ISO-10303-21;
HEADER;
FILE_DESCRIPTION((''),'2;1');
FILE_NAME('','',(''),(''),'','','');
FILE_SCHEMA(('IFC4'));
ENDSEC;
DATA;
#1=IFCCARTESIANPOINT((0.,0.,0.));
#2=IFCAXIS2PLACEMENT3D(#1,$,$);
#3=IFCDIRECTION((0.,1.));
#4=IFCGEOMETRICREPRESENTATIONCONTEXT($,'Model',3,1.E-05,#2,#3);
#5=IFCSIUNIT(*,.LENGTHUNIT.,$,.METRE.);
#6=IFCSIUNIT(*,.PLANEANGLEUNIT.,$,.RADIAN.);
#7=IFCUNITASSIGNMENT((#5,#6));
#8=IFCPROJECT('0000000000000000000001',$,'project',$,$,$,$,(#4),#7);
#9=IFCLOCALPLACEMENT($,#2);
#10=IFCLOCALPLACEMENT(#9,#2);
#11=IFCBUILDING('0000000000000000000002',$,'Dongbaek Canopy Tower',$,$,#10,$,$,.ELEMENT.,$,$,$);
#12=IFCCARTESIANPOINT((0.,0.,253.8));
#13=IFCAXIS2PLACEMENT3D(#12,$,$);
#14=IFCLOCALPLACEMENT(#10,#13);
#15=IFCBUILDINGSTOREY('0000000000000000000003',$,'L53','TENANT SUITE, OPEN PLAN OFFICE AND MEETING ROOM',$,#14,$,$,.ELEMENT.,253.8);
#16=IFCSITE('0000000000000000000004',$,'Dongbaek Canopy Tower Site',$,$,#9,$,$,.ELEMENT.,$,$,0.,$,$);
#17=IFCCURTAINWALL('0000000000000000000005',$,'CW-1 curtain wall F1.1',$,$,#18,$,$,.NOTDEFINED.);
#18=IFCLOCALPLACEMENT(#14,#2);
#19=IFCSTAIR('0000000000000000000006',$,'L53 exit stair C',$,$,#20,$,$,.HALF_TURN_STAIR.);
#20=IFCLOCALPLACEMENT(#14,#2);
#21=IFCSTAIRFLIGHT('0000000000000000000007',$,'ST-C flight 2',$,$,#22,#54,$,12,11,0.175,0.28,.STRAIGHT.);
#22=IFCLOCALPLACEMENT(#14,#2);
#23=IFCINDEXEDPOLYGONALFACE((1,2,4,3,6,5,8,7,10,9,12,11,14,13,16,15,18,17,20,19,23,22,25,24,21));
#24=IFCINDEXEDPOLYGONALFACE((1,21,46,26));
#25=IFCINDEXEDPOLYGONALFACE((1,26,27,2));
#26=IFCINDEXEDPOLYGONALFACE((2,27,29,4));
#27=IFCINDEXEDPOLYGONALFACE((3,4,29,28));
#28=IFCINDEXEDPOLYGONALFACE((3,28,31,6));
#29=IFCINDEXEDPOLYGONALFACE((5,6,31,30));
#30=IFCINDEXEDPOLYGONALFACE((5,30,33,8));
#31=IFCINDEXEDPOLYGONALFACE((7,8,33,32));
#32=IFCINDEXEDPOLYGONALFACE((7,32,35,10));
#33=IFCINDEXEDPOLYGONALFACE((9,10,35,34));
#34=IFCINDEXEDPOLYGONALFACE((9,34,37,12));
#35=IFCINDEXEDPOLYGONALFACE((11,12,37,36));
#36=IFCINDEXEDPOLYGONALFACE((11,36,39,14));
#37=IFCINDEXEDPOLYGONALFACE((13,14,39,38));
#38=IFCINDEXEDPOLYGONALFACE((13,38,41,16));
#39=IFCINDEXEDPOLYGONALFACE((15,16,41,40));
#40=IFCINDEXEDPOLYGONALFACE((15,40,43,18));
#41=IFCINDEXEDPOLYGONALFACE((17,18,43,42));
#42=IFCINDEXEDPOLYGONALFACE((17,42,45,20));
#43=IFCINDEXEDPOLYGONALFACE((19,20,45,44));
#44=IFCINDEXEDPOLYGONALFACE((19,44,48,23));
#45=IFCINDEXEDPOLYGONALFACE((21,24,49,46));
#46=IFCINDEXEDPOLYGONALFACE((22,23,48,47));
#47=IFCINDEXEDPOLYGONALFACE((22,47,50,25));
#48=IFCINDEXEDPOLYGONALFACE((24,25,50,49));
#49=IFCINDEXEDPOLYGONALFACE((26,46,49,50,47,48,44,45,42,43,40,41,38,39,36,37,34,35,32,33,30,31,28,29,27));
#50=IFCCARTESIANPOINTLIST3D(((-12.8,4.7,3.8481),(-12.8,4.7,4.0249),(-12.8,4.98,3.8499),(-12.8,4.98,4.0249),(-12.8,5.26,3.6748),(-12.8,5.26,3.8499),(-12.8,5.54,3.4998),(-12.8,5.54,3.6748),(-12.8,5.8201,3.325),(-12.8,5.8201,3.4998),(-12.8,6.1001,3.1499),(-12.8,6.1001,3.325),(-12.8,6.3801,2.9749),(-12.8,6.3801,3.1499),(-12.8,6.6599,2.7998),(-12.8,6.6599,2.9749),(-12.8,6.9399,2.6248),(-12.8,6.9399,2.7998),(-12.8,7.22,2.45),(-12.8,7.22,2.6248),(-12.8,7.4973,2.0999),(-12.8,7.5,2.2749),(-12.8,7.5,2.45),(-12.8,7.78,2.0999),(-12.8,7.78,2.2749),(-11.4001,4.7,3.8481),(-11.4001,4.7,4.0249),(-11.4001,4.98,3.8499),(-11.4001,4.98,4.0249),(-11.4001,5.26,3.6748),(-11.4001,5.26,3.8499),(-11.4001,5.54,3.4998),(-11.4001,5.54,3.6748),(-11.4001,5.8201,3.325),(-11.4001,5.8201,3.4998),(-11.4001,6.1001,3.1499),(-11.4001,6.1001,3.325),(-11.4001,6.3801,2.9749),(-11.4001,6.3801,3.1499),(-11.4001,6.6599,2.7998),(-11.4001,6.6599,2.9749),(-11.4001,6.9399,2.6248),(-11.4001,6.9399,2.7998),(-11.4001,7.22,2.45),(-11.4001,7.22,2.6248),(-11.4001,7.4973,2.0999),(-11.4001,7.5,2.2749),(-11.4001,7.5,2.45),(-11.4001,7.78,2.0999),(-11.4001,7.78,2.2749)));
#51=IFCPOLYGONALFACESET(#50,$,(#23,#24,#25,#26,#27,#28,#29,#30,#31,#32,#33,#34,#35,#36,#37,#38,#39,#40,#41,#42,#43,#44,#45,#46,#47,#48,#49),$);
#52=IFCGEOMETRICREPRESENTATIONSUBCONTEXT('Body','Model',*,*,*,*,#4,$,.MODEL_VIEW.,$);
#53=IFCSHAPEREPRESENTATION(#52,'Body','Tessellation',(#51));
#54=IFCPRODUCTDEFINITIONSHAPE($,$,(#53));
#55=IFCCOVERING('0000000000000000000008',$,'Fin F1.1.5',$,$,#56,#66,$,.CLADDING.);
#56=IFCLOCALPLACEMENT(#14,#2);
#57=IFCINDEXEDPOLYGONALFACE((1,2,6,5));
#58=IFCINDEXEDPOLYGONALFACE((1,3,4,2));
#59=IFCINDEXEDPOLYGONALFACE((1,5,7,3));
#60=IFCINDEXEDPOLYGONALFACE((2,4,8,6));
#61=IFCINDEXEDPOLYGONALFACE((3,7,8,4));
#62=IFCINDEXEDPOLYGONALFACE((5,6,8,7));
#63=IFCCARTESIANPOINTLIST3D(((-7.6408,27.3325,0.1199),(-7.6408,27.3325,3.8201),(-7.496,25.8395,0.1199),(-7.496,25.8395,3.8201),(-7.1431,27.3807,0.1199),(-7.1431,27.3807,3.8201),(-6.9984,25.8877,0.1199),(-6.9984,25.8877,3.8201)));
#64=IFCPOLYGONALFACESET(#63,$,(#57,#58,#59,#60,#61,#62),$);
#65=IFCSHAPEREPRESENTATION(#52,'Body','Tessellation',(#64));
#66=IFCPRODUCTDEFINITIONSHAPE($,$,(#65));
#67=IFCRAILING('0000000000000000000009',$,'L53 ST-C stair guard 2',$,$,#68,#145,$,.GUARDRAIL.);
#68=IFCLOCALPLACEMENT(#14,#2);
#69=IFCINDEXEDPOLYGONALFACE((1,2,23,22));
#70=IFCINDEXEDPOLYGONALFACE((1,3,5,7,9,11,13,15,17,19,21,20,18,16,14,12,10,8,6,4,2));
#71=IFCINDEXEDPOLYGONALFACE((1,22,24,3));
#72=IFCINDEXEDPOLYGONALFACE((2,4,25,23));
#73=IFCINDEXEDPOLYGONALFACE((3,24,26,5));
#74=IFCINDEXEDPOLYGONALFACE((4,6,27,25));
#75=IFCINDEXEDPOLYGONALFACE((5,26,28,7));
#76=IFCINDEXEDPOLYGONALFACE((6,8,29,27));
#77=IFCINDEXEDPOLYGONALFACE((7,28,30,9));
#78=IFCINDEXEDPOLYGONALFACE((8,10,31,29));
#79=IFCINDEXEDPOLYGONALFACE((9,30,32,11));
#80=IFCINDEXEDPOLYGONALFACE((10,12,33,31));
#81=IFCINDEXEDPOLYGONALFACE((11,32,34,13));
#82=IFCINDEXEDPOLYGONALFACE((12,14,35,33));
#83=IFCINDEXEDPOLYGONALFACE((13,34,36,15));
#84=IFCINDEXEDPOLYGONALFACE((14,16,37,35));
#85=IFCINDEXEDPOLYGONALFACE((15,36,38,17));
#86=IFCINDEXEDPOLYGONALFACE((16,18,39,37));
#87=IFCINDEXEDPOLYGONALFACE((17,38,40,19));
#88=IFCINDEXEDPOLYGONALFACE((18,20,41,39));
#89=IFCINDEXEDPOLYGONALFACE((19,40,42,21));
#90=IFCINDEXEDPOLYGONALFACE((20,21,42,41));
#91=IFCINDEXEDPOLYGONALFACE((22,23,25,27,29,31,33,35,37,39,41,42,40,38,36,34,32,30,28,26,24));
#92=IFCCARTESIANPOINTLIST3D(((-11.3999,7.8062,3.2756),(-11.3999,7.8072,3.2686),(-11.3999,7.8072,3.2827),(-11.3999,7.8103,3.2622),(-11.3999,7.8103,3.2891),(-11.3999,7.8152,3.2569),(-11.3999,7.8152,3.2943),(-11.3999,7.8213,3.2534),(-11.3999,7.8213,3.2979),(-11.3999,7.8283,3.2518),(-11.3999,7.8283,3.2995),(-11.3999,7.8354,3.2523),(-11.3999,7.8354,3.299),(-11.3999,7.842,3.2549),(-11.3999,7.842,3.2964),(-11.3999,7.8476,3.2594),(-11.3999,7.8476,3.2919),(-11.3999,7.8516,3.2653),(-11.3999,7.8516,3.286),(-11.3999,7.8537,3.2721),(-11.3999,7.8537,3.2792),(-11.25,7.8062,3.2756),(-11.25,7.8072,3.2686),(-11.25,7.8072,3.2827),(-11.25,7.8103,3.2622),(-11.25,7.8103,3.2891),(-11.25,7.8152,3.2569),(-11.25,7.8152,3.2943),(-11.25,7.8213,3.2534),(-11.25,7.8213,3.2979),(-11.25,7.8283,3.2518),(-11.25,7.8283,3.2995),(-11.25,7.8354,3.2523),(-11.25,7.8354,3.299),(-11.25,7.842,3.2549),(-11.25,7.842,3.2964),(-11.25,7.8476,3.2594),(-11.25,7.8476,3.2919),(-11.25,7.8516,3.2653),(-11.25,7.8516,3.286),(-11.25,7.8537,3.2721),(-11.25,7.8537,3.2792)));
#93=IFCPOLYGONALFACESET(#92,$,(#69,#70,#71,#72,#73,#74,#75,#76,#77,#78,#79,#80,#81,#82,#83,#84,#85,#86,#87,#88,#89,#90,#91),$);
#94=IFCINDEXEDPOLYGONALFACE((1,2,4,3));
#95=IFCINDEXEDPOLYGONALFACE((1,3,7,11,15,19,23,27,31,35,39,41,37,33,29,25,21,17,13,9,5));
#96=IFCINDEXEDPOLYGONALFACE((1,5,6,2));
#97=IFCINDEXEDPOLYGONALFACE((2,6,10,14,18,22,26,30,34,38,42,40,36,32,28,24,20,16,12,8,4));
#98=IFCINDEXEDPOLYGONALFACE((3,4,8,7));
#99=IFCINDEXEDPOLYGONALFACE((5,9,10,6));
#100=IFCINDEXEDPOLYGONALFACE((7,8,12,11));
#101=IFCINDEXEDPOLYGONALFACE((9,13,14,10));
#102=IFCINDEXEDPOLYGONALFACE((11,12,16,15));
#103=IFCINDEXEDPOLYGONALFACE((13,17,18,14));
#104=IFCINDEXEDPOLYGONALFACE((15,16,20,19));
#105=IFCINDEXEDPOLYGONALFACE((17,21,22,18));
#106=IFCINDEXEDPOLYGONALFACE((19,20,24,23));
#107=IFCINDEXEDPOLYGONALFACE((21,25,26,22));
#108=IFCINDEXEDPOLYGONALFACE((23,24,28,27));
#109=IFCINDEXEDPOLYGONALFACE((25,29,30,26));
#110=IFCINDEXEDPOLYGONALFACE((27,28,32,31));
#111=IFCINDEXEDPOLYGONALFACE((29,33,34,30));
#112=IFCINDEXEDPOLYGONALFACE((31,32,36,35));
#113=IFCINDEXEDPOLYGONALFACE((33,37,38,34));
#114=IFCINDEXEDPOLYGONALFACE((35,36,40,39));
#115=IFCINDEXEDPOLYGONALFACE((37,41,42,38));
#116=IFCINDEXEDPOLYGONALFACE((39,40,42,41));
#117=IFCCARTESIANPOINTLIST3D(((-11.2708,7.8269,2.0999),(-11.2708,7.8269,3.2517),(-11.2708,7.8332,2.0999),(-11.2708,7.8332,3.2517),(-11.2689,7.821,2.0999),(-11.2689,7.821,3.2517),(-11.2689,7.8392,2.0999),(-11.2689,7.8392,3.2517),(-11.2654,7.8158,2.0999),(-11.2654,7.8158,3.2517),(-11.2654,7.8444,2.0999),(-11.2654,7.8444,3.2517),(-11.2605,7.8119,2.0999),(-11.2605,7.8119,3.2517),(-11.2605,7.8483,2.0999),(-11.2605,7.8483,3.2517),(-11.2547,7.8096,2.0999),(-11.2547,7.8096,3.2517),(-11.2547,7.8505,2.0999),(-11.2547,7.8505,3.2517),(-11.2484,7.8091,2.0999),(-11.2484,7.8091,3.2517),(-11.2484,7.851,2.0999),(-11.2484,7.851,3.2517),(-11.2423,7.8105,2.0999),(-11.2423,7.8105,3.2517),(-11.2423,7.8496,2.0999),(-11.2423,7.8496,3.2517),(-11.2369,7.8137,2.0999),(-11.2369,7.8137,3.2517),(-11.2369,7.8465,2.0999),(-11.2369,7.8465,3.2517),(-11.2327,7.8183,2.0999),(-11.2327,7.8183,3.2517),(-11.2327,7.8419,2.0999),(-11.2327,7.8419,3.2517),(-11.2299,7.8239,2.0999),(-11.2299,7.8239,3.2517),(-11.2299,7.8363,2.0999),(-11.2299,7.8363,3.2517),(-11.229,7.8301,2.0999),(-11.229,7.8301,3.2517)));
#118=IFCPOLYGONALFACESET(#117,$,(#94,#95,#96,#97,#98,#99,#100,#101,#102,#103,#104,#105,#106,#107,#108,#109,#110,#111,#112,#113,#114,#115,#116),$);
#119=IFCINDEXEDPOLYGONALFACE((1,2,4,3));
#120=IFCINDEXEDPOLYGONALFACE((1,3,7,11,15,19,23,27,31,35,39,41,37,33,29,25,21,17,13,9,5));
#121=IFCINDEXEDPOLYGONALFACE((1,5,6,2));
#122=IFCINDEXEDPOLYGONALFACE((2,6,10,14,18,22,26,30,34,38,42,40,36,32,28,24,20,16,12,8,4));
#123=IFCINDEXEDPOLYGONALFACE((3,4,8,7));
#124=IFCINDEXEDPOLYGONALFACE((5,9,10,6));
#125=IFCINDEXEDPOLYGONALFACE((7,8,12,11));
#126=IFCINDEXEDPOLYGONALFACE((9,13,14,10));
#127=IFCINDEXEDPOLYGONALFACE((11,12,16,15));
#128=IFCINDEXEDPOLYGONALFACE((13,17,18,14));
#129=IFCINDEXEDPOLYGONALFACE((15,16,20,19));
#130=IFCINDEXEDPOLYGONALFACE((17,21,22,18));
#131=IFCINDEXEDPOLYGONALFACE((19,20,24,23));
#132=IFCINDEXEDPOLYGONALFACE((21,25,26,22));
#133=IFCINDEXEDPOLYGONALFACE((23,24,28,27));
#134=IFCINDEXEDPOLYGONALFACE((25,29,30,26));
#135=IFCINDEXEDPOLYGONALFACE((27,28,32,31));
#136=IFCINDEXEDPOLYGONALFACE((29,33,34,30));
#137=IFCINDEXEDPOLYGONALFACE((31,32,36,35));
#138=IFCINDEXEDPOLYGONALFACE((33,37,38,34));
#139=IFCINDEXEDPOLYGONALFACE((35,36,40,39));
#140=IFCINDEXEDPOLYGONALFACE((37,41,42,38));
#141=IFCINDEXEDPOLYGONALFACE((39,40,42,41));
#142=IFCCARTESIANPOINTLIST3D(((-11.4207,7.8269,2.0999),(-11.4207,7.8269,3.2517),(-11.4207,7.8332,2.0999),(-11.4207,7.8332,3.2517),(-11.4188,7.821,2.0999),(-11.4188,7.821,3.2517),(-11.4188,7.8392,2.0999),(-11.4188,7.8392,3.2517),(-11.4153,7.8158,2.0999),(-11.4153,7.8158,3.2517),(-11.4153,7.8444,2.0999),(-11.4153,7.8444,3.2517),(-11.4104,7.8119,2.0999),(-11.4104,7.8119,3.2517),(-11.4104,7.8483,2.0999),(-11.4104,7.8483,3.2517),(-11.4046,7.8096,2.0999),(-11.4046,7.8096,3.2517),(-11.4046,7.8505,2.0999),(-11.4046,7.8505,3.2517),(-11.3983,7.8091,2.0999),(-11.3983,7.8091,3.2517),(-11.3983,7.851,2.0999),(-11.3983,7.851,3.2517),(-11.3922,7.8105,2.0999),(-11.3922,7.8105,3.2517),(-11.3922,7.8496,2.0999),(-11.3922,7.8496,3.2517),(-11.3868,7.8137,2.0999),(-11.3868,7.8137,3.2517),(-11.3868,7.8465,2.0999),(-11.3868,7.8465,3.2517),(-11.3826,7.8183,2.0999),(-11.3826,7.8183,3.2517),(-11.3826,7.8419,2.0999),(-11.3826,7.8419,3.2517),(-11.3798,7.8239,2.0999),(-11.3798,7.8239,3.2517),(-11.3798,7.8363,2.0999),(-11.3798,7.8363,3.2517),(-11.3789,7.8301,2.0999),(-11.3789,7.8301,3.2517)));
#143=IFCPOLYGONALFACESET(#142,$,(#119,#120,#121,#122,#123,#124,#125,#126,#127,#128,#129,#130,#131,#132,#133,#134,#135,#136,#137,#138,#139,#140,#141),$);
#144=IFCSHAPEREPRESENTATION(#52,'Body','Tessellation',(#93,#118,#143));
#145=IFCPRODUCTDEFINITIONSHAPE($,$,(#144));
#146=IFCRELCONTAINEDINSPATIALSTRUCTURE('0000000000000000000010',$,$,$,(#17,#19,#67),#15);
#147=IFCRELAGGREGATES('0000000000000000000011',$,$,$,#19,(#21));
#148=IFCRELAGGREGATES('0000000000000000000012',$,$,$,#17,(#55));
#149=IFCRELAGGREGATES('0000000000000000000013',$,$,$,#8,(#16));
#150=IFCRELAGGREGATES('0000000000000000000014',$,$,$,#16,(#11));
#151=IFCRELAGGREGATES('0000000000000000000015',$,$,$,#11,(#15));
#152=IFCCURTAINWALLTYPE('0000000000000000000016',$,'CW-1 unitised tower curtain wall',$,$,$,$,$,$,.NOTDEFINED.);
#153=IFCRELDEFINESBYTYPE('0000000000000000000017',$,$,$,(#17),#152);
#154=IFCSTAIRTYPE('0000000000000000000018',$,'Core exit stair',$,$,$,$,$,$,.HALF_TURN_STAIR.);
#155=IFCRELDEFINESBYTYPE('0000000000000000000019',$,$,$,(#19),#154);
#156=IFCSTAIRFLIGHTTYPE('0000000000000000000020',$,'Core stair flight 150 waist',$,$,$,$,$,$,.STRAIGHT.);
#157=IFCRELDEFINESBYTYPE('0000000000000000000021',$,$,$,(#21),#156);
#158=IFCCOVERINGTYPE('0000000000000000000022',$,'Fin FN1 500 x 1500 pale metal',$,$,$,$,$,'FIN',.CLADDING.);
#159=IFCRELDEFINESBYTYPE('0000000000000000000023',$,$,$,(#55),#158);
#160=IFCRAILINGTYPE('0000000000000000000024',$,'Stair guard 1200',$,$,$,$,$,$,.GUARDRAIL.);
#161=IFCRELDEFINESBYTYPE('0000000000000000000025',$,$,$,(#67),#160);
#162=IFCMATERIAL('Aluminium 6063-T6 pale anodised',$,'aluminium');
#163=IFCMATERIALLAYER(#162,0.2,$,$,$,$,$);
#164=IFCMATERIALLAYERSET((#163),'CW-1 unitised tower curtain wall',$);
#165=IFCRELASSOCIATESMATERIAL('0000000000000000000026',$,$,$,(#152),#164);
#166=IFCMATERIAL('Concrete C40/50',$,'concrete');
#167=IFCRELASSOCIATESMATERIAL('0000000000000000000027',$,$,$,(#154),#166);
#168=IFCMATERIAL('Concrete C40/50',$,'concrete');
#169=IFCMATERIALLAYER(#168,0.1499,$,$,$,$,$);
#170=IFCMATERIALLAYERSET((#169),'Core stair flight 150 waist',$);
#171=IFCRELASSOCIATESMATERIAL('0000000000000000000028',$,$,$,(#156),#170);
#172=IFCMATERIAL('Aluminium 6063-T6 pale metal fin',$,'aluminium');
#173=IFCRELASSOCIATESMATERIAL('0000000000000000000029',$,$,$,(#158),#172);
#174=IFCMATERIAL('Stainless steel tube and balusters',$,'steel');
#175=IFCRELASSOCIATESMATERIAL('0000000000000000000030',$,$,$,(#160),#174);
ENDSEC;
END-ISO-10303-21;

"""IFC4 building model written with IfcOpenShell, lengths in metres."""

from ifc_helpers import new_model, si_unit, direction, frame, origin, origin_2d, place, context, subcontext, project, spatial, polyline, rectangle, circle, outline, extrude, material, layer, layer_set, material_profile, profile_set, type_object, element, aggregate, save


model = new_model("IFC4")

# Units and contexts
model_context = context("Model", 3, precision=1e-05, world=origin(), true_north=direction((0.0, 1.0)))
body_context = subcontext(model_context, "Body", "Model", "MODEL_VIEW")
ifc_project = project(units=[si_unit("LENGTHUNIT", "METRE"), si_unit("PLANEANGLEUNIT", "RADIAN")], contexts=[model_context])

# Site, building, storey
site_placement = place(None, origin())
site = spatial("IfcSite", under=ifc_project, at=site_placement, Name="Dongbaek Canopy Tower Site", CompositionType="ELEMENT", RefElevation=0.0)
building_placement = place(site_placement, origin())
building = spatial("IfcBuilding", under=site, at=building_placement, Name="Dongbaek Canopy Tower", CompositionType="ELEMENT")
storey_placement = place(building_placement, frame((0.0, 0.0, 253.8)))
storey = spatial("IfcBuildingStorey", under=building, at=storey_placement, Name="L53", Description="TENANT SUITE, OPEN PLAN OFFICE AND MEETING ROOM", CompositionType="ELEMENT", Elevation=253.8)

# Curtain wall
ifc_material_1 = material(Name="Aluminium 6063-T6 pale anodised", Category="aluminium")
ifc_layer_1 = layer(ifc_material_1, 0.2)
ifc_layer_set_1 = layer_set([ifc_layer_1], Name="CW-1 unitised tower curtain wall")
curtain_wall_type = type_object("IfcCurtainWallType", Name="CW-1 unitised tower curtain wall", PredefinedType="NOTDEFINED", material=ifc_layer_set_1)
curtain_wall_1_placement = place(storey_placement, origin())
curtain_wall_1 = element("IfcCurtainWall", 1, at=curtain_wall_1_placement, inside=storey, type_object=curtain_wall_type, Name="CW-1 curtain wall F1.1", PredefinedType="NOTDEFINED")

# Stair, stair flight
ifc_material_2 = material(Name="Concrete C40/50", Category="concrete")
stair_type = type_object("IfcStairType", Name="Core exit stair", PredefinedType="HALF_TURN_STAIR", material=ifc_material_2)
stair_placement = place(storey_placement, origin())
stair = element("IfcStair", 2, at=stair_placement, inside=storey, type_object=stair_type, Name="L53 exit stair C", PredefinedType="HALF_TURN_STAIR")
ifc_material_3 = material(Name="Concrete C40/50", Category="concrete")
ifc_layer_2 = layer(ifc_material_3, 0.1499)
ifc_layer_set_2 = layer_set([ifc_layer_2], Name="Core stair flight 150 waist")
stair_flight_type = type_object("IfcStairFlightType", Name="Core stair flight 150 waist", PredefinedType="STRAIGHT", material=ifc_layer_set_2)
stair_flight_placement = place(storey_placement, frame((-12.1001, 7.78, 2.0999), z_axis=(0.0, 0.0, 1.0), x_axis=(0.0, -1.0, 0.0)))
stair_flight = element("IfcStairFlight", 3, at=stair_flight_placement, type_object=stair_flight_type, Name="ST-C flight 2", NumberOfRisers=12, NumberOfTreads=11, PredefinedType="STRAIGHT", RiserHeight=0.175, TreadLength=0.28, context=body_context, shape_type="SweptSolid", body=[
    extrude(outline(polyline([(0.0, 0.0), (0.0, 0.175), (0.28, 0.175), (0.28, 0.3501), (0.5601, 0.3501), (0.5601, 0.5249), (0.8401, 0.5249), (0.8401, 0.7), (1.1201, 0.7), (1.1201, 0.875), (1.3999, 0.875), (1.3999, 1.05), (1.6799, 1.05), (1.6799, 1.2251), (1.96, 1.2251), (1.96, 1.3999), (2.24, 1.3999), (2.24, 1.575), (2.52, 1.575), (2.52, 1.75), (2.8, 1.75), (2.8, 1.925), (3.0801, 1.925), (3.0801, 2.1001), (3.0801, 1.7483), (0.2827, 0.0), (0.0, 0.0)])), frame((0.0, 0.7, 0.0), z_axis=(0.0, -1.0, 0.0), x_axis=(1.0, 0.0, 0.0)), (0.0, 0.0, 1.0), 1.3999),
])
aggregate(stair, [stair_flight])

# Covering
ifc_material_4 = material(Name="Aluminium 6063-T6 pale metal fin", Category="aluminium")
ifc_material_profile_1 = material_profile(ifc_material_4, rectangle(XDim=1.5, YDim=0.5, at=origin_2d()), Name="Fin FN1 500 x 1500 pale metal")
ifc_profile_set_1 = profile_set([ifc_material_profile_1], Name="Aluminium 6063-T6 pale metal fin")
covering_type = type_object("IfcCoveringType", Name="Fin FN1 500 x 1500 pale metal", ElementType="FIN", PredefinedType="CLADDING", material=ifc_profile_set_1)
covering_placement = place(storey_placement, frame((-7.3196, 26.6101, 0.1199), z_axis=(0.0, 0.0, 1.0), x_axis=(-0.096506, 0.995332, 0.0)))
covering = element("IfcCovering", 4, at=covering_placement, type_object=covering_type, Name="Fin F1.1.5", PredefinedType="CLADDING", context=body_context, shape_type="SweptSolid", body=[
    extrude(rectangle(XDim=1.5, YDim=0.5, at=origin_2d()), origin(), (0.0, 0.0, 1.0), 3.7002),
])
aggregate(curtain_wall_1, [covering])

# Railing
ifc_material_5 = material(Name="Stainless steel tube and balusters", Category="steel")
railing_type_1 = type_object("IfcRailingType", Name="Stair guard 1200", PredefinedType="GUARDRAIL", material=ifc_material_5)
railing_1_placement = place(storey_placement, frame((-11.25, 7.8301, 2.0999)))
element("IfcRailing", 5, at=railing_1_placement, inside=storey, type_object=railing_type_1, Name="L53 ST-C stair guard 2", PredefinedType="GUARDRAIL", context=body_context, shape_type="SweptSolid", body=[
    extrude(circle(Radius=0.0239, at=origin_2d()), frame((0.0, 0.0, 1.1758), z_axis=(-1.0, 0.0, 0.0), x_axis=(0.0, -1.0, 0.0)), (0.0, 0.0, 1.0), 0.1499),
    extrude(circle(Radius=0.021, at=origin_2d()), origin(), (0.0, 0.0, 1.0), 1.1519),
    extrude(circle(Radius=0.021, at=origin_2d()), frame((-0.1499, 0.0, 0.0)), (0.0, 0.0, 1.0), 1.1519),
])

save(model, "model.ifc")
